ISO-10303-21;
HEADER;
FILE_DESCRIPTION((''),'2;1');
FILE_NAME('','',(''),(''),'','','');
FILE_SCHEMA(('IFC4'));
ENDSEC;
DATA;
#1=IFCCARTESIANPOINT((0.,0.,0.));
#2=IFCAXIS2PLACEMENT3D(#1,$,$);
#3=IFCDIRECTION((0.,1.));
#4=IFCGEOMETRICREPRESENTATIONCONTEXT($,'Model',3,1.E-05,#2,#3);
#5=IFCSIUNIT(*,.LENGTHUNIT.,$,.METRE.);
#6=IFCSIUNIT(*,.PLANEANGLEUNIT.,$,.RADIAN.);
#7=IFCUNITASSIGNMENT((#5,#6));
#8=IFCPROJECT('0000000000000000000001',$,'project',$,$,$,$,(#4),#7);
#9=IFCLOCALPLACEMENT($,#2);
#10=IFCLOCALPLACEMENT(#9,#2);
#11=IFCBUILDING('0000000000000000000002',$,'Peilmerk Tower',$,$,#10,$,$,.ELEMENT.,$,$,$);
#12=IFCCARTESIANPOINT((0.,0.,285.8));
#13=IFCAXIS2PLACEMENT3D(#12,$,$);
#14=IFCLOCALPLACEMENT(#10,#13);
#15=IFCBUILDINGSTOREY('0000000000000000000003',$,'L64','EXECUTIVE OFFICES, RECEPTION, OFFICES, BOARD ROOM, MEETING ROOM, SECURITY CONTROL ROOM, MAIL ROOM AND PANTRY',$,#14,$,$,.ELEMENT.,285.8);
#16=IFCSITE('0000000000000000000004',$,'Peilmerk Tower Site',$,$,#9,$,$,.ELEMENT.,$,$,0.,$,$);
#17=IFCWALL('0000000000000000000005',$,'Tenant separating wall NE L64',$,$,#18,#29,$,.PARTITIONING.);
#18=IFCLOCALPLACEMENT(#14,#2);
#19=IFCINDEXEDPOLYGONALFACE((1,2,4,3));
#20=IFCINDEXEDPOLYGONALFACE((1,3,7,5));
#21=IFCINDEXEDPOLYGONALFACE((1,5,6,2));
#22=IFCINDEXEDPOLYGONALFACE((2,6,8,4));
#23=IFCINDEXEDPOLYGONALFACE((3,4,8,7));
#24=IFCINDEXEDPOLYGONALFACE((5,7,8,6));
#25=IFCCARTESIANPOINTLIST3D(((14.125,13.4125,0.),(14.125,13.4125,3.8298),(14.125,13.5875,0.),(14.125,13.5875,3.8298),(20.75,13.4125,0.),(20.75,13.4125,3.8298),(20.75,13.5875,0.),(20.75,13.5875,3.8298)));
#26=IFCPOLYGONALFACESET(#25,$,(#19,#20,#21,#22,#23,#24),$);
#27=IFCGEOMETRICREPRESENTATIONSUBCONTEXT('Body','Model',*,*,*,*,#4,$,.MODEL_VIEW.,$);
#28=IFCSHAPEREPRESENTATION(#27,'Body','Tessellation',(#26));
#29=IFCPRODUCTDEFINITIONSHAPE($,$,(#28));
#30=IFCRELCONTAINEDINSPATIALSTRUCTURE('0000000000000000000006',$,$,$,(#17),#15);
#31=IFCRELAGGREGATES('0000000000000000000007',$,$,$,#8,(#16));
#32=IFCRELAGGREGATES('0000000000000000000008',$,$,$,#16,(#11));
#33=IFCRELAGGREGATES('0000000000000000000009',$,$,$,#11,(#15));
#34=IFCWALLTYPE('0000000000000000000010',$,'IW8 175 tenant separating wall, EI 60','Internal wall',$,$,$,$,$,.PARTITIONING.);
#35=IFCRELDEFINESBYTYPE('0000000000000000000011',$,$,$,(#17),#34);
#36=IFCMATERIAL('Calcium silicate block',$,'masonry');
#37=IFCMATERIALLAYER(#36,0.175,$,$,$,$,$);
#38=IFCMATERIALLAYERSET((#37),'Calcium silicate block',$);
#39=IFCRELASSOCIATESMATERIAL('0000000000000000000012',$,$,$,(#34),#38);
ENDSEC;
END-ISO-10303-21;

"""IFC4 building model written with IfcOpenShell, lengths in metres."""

from ifc_helpers import new_model, si_unit, direction, frame, frame_2d, origin, place, context, subcontext, project, spatial, rectangle, extrude, material, layer, layer_set, type_object, element, save


model = new_model("IFC4")

# Units and contexts
model_context = context("Model", 3, precision=1e-05, world=origin(), true_north=direction((0.0, 1.0)))
body_context = subcontext(model_context, "Body", "Model", "MODEL_VIEW")
ifc_project = project(units=[si_unit("LENGTHUNIT", "METRE"), si_unit("PLANEANGLEUNIT", "RADIAN")], contexts=[model_context])

# Site, building, storey
site_placement = place(None, origin())
site = spatial("IfcSite", under=ifc_project, at=site_placement, Name="Peilmerk Tower Site", CompositionType="ELEMENT", RefElevation=0.0)
building_placement = place(site_placement, origin())
building = spatial("IfcBuilding", under=site, at=building_placement, Name="Peilmerk Tower", CompositionType="ELEMENT")
storey_placement = place(building_placement, frame((0.0, 0.0, 285.8)))
storey = spatial("IfcBuildingStorey", under=building, at=storey_placement, Name="L64", Description="EXECUTIVE OFFICES, RECEPTION, OFFICES, BOARD ROOM, MEETING ROOM, SECURITY CONTROL ROOM, MAIL ROOM AND PANTRY", CompositionType="ELEMENT", Elevation=285.8)

# Shared definitions
ifc_material_1 = material(Name="Calcium silicate block", Category="masonry")

# Wall
ifc_layer_1 = layer(ifc_material_1, 0.175)
ifc_layer_set_1 = layer_set([ifc_layer_1], Name="Calcium silicate block")
wall_type_1 = type_object("IfcWallType", Name="IW8 175 tenant separating wall, EI 60", Description="Internal wall", PredefinedType="PARTITIONING", material=ifc_layer_set_1)
wall_1_placement = place(storey_placement, frame((14.125, 13.5, 0.0), z_axis=(0.0, 0.0, 1.0), x_axis=(1.0, 0.0, 0.0)))
element("IfcWall", 1, at=wall_1_placement, inside=storey, type_object=wall_type_1, Name="Tenant separating wall NE L64", PredefinedType="PARTITIONING", context=body_context, shape_type="SweptSolid", body=[
    extrude(rectangle(XDim=6.625, YDim=0.175, at=frame_2d((3.3125, 0.0))), origin(), (0.0, 0.0, 1.0), 3.8298),
])

save(model, "model.ifc")
